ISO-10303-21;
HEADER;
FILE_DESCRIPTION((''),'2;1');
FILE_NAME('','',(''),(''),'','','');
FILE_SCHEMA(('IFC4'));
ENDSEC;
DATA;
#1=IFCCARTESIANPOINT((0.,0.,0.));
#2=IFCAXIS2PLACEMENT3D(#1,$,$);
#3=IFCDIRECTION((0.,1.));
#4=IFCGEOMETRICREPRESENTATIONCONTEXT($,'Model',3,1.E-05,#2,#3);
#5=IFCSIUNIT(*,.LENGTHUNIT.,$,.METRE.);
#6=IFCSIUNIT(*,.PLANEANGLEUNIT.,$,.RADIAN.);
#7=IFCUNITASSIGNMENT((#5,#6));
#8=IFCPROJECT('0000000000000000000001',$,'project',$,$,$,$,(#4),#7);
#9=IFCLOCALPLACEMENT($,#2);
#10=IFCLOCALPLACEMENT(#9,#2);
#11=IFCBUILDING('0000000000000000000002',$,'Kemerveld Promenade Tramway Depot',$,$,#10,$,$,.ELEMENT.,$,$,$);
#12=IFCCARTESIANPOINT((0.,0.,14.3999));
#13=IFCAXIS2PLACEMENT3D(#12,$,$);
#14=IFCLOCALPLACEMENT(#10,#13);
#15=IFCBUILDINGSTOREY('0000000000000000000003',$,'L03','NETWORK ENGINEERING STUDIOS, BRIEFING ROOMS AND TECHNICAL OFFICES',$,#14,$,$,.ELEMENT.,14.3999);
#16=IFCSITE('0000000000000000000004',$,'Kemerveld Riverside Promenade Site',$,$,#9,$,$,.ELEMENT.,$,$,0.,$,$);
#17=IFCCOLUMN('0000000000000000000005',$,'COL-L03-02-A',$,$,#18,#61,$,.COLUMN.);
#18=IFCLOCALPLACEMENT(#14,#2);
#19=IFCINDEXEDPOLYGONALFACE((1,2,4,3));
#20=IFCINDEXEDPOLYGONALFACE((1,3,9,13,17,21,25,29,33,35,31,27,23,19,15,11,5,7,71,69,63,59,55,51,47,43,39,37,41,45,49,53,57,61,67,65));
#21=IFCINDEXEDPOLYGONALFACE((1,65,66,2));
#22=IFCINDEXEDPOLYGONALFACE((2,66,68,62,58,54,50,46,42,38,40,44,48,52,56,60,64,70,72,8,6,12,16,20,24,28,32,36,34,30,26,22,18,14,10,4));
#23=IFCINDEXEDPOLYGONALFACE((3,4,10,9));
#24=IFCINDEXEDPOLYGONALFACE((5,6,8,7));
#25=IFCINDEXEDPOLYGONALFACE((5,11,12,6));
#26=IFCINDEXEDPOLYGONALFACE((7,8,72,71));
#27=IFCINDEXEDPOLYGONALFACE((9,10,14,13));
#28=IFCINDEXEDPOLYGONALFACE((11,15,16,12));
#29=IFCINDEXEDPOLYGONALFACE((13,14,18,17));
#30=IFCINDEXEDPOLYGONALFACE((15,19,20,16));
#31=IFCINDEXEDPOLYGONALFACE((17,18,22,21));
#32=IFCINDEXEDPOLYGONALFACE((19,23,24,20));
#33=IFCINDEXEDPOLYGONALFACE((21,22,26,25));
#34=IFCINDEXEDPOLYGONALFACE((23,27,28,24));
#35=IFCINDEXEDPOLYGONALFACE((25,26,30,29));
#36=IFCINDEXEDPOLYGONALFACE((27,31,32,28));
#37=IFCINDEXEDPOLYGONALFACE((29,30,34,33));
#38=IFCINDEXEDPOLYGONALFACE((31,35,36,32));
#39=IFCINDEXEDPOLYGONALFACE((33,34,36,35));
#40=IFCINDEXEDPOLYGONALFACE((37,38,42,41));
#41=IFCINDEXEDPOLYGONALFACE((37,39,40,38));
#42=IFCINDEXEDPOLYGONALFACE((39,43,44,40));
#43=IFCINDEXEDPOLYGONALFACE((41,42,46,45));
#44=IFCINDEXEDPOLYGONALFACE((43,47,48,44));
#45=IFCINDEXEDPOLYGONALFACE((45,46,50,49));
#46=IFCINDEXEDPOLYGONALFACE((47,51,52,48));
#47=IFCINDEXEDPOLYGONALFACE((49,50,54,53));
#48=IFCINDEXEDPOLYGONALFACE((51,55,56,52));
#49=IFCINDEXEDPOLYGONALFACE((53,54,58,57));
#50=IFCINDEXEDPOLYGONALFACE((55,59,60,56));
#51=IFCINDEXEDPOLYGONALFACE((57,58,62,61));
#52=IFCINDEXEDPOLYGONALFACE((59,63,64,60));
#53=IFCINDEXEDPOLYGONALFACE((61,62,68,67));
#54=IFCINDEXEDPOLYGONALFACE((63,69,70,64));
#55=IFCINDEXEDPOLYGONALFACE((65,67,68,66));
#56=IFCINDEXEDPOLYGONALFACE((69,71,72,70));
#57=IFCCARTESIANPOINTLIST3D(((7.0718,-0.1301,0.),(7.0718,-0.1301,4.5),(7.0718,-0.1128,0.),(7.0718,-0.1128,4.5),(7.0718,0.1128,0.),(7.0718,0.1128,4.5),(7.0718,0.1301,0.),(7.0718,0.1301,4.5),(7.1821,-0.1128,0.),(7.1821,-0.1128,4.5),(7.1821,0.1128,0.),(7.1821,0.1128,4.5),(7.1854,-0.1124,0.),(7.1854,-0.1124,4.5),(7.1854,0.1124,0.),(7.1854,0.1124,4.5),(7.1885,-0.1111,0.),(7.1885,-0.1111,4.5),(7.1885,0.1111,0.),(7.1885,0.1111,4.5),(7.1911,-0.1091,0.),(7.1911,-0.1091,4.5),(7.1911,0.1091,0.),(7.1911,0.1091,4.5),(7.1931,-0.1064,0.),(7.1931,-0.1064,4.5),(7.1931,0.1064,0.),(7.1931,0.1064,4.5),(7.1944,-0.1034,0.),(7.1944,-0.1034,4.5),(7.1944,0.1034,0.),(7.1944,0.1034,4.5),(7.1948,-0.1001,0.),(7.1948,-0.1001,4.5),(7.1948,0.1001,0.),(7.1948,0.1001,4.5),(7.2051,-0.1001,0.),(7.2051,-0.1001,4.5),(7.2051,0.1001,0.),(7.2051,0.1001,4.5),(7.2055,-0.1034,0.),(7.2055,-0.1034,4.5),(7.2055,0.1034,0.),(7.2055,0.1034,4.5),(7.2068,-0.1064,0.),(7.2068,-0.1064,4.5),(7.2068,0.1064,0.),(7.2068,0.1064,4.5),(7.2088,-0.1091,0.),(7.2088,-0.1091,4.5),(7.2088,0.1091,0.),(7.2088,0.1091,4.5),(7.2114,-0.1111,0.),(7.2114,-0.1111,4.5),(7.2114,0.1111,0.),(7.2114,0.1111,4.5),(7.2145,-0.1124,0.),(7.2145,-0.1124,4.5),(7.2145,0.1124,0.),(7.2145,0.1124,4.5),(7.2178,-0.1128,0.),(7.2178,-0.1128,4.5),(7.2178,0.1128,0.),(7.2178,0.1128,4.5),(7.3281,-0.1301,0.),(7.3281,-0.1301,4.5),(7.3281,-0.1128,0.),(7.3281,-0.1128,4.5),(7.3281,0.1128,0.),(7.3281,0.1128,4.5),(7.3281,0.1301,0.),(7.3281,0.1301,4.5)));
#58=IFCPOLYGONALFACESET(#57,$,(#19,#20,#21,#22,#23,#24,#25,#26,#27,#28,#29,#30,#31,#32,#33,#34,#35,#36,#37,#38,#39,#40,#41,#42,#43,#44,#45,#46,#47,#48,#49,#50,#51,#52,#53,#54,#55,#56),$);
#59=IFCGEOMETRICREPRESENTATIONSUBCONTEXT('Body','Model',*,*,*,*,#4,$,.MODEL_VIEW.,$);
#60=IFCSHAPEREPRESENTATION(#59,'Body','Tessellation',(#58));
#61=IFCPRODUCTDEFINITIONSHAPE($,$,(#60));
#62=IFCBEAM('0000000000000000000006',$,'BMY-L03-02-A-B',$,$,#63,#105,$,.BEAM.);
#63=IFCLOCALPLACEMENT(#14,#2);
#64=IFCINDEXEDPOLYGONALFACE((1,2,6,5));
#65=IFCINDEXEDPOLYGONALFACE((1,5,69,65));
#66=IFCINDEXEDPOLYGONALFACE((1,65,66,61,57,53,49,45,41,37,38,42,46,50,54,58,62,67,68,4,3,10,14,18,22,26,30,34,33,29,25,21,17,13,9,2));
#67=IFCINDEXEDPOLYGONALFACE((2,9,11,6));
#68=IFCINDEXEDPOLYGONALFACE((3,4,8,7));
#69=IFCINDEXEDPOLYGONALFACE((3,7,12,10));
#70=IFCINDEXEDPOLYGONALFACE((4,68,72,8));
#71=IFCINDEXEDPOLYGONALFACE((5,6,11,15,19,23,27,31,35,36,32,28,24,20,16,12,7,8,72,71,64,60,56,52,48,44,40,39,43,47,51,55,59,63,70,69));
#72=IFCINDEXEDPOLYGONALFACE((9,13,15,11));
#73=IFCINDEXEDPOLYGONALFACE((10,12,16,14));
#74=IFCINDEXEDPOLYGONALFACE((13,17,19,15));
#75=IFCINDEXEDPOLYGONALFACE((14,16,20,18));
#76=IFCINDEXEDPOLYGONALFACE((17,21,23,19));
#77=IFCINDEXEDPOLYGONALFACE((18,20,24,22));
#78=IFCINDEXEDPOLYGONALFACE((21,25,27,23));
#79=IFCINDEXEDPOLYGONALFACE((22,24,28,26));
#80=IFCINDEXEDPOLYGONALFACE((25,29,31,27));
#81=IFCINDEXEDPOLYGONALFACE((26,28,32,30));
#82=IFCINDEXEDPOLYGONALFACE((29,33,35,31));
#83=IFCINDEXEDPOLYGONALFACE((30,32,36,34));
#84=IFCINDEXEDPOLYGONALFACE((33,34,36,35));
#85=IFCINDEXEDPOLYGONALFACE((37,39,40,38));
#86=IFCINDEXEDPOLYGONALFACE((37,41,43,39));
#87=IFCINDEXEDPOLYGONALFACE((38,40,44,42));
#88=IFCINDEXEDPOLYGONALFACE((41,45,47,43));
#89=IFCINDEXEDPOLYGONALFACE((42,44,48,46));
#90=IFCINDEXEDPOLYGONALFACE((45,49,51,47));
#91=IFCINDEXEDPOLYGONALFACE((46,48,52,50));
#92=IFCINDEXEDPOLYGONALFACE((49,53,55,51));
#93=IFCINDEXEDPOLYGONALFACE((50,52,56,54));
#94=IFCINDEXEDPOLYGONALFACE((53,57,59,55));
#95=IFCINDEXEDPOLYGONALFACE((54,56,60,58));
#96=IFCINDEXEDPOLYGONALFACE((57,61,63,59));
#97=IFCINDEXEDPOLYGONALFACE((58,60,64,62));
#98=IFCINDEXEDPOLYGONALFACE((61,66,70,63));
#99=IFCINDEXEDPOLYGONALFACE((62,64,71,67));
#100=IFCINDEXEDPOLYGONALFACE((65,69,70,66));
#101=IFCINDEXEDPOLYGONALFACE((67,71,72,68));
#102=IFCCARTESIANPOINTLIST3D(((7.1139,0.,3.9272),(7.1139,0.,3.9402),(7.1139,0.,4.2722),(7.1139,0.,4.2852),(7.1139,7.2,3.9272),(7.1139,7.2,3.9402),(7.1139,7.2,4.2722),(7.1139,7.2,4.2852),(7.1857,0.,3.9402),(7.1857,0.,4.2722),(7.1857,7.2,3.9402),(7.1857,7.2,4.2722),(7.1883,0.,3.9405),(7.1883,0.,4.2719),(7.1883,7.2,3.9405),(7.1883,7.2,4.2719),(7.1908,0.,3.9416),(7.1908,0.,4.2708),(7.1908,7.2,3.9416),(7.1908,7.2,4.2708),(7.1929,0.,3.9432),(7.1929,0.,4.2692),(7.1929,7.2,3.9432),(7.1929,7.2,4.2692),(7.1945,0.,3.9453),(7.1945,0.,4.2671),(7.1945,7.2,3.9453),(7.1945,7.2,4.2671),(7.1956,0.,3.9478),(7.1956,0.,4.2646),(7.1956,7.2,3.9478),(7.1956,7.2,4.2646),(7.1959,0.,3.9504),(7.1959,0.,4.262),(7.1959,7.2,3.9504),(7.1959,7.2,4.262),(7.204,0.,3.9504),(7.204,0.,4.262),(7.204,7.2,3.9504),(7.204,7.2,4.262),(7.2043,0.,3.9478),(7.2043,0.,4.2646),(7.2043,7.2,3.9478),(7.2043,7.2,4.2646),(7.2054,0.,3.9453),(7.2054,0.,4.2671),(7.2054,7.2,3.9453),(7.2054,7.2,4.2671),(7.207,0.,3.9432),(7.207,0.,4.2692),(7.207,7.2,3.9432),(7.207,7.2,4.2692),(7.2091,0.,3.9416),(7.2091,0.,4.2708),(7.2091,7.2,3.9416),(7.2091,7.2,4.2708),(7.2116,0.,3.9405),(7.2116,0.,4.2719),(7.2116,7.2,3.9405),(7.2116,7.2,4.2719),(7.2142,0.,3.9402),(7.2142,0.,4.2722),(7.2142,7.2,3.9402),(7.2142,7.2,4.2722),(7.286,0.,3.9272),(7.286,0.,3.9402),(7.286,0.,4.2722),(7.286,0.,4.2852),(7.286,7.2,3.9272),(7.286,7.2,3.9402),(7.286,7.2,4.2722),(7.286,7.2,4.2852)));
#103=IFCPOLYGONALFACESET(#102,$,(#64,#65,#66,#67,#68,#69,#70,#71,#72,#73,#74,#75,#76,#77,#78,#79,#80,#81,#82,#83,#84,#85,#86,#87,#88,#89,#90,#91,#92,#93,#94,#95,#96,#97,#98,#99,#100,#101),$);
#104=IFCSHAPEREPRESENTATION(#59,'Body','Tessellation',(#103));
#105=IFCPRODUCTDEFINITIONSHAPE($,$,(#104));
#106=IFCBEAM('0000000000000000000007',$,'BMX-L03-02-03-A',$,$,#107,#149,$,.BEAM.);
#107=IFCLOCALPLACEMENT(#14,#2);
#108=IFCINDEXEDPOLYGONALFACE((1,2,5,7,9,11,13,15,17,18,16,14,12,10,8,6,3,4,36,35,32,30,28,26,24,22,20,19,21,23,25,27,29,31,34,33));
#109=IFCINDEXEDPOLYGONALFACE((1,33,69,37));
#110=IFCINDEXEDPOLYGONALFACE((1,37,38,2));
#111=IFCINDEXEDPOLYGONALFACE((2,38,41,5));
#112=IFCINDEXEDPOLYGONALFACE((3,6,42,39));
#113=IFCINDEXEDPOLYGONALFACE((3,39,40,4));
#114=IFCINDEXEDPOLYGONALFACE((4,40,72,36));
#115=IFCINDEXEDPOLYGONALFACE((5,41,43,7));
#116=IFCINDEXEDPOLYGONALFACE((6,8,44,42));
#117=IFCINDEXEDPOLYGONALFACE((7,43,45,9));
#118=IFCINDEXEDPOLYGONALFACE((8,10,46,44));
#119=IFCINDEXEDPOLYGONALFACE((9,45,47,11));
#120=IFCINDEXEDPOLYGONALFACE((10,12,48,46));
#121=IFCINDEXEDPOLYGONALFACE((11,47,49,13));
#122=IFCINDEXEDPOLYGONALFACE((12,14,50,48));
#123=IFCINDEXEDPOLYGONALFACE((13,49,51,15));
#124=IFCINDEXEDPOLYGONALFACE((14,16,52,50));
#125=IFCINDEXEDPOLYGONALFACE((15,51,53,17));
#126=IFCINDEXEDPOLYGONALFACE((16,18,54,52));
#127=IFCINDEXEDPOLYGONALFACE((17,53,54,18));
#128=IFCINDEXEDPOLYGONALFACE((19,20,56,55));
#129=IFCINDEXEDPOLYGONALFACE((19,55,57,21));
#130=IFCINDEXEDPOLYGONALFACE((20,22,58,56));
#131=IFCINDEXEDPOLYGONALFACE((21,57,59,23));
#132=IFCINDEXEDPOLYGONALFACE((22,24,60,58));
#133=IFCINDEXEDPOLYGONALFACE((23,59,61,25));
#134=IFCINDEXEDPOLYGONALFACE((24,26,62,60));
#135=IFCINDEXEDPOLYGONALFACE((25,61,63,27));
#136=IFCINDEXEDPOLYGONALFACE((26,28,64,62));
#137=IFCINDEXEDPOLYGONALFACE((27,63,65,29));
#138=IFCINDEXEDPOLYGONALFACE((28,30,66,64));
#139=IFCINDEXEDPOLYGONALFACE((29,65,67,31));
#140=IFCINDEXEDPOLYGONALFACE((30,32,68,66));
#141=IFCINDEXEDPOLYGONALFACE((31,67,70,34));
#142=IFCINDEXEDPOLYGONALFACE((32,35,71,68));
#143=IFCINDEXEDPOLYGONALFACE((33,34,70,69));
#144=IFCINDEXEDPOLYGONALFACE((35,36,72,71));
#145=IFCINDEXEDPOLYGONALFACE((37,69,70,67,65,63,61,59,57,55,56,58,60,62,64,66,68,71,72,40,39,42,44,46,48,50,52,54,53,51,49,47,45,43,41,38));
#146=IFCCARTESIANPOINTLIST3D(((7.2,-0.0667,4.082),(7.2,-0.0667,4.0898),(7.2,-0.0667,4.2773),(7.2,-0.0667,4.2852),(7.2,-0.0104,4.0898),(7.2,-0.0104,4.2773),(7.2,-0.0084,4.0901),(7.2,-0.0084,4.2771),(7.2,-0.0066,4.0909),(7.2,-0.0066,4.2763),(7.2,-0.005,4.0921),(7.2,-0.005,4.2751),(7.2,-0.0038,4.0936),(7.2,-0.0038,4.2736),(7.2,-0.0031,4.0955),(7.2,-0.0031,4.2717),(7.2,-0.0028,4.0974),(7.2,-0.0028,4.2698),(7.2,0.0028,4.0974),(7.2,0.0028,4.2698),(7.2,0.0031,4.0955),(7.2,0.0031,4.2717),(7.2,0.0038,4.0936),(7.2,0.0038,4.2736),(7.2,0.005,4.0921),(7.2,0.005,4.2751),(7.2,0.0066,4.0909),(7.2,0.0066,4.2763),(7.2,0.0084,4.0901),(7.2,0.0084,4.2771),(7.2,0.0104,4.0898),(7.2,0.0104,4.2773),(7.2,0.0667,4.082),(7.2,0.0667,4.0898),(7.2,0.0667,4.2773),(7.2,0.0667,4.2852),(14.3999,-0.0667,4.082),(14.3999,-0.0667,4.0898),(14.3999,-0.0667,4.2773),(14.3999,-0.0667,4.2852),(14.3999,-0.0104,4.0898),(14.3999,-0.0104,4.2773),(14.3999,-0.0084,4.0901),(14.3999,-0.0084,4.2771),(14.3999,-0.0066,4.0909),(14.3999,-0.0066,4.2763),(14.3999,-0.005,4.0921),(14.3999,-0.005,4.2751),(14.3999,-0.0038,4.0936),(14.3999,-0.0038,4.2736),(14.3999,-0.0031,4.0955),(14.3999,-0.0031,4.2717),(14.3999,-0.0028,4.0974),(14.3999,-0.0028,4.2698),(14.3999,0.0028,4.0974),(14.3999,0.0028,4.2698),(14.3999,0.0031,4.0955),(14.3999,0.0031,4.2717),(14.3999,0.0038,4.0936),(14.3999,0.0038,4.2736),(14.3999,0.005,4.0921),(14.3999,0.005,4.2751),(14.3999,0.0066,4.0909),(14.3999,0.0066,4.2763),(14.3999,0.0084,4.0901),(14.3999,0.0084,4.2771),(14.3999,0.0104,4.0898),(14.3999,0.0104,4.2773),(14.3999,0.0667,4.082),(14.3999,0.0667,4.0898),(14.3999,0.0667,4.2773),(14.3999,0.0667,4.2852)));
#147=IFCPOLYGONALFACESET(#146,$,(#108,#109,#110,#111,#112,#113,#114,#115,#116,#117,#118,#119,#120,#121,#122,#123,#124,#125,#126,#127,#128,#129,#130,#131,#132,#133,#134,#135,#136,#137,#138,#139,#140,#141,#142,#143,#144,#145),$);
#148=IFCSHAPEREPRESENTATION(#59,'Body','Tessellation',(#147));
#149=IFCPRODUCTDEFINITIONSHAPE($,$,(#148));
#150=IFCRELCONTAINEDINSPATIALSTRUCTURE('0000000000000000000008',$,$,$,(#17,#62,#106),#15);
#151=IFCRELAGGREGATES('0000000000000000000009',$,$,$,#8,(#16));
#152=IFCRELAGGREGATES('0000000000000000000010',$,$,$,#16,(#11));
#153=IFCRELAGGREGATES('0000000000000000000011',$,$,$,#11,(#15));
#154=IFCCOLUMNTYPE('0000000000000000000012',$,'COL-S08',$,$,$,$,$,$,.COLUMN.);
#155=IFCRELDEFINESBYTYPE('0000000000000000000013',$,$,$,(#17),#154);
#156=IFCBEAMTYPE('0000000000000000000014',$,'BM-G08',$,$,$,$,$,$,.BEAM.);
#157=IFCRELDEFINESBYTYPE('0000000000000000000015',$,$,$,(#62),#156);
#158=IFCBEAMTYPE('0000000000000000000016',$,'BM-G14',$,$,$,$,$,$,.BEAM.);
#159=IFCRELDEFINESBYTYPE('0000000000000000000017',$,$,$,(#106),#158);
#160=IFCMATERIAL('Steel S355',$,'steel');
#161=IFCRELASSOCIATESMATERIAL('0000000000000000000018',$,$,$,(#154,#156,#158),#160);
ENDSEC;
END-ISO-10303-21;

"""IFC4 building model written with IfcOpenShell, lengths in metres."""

from ifc_helpers import new_model, si_unit, direction, frame, origin, origin_2d, place, context, subcontext, project, spatial, i_section, extrude, material, material_profile, profile_set, type_object, element, save


model = new_model("IFC4")

# Units and contexts
model_context = context("Model", 3, precision=1e-05, world=origin(), true_north=direction((0.0, 1.0)))
body_context = subcontext(model_context, "Body", "Model", "MODEL_VIEW")
ifc_project = project(units=[si_unit("LENGTHUNIT", "METRE"), si_unit("PLANEANGLEUNIT", "RADIAN")], contexts=[model_context])

# Site, building, storey
site_placement = place(None, origin())
site = spatial("IfcSite", under=ifc_project, at=site_placement, Name="Kemerveld Riverside Promenade Site", CompositionType="ELEMENT", RefElevation=0.0)
building_placement = place(site_placement, origin())
building = spatial("IfcBuilding", under=site, at=building_placement, Name="Kemerveld Promenade Tramway Depot", CompositionType="ELEMENT")
storey_placement = place(building_placement, frame((0.0, 0.0, 14.3999)))
storey = spatial("IfcBuildingStorey", under=building, at=storey_placement, Name="L03", Description="NETWORK ENGINEERING STUDIOS, BRIEFING ROOMS AND TECHNICAL OFFICES", CompositionType="ELEMENT", Elevation=14.3999)

# Column
ifc_material_1 = material(Name="Steel S355", Category="steel")
ifc_material_profile_1 = material_profile(ifc_material_1, i_section(OverallWidth=0.2563, OverallDepth=0.2603, WebThickness=0.0103, FlangeThickness=0.0173, FilletRadius=0.0127, at=origin_2d()), Name="254x254x89 UC")
ifc_profile_set_1 = profile_set([ifc_material_profile_1], Name="Steel S355")
column_type = type_object("IfcColumnType", Name="COL-S08", PredefinedType="COLUMN", material=ifc_profile_set_1)
column_placement = place(storey_placement, frame((7.2, 0.0, 0.0), z_axis=(0.0, 0.0, 1.0), x_axis=(1.0, 0.0, 0.0)))
element("IfcColumn", 1, at=column_placement, inside=storey, type_object=column_type, Name="COL-L03-02-A", PredefinedType="COLUMN", context=body_context, shape_type="SweptSolid", body=[
    extrude(i_section(OverallWidth=0.2563, OverallDepth=0.2603, WebThickness=0.0103, FlangeThickness=0.0173, FilletRadius=0.0127, at=origin_2d()), origin(), (0.0, 0.0, 1.0), 4.5),
])

# Beams
ifc_material_profile_2 = material_profile(ifc_material_1, i_section(OverallWidth=0.1721, OverallDepth=0.3579, WebThickness=0.0081, FlangeThickness=0.0129, FilletRadius=0.0103, at=origin_2d()), Name="356x171x57 UB")
ifc_profile_set_2 = profile_set([ifc_material_profile_2], Name="Steel S355")
beam_type_1 = type_object("IfcBeamType", Name="BM-G08", PredefinedType="BEAM", material=ifc_profile_set_2)
beam_1_placement = place(storey_placement, frame((7.2, 0.0, 4.1062), z_axis=(0.0, 1.0, 0.0), x_axis=(-1.0, 0.0, 0.0)))
element("IfcBeam", 2, at=beam_1_placement, inside=storey, type_object=beam_type_1, Name="BMY-L03-02-A-B", PredefinedType="BEAM", context=body_context, shape_type="SweptSolid", body=[
    extrude(i_section(OverallWidth=0.1721, OverallDepth=0.3579, WebThickness=0.0081, FlangeThickness=0.0129, FilletRadius=0.0103, at=origin_2d()), origin(), (0.0, 0.0, 1.0), 7.2),
])
ifc_material_profile_3 = material_profile(ifc_material_1, i_section(OverallWidth=0.1333, OverallDepth=0.2031, WebThickness=0.0056, FlangeThickness=0.0078, FilletRadius=0.0076, at=origin_2d()), Name="203x133x25 UB")
ifc_profile_set_3 = profile_set([ifc_material_profile_3], Name="Steel S355")
beam_type_2 = type_object("IfcBeamType", Name="BM-G14", PredefinedType="BEAM", material=ifc_profile_set_3)
beam_2_placement = place(storey_placement, frame((7.2, 0.0, 4.1836), z_axis=(1.0, 0.0, 0.0), x_axis=(0.0, 1.0, 0.0)))
element("IfcBeam", 3, at=beam_2_placement, inside=storey, type_object=beam_type_2, Name="BMX-L03-02-03-A", PredefinedType="BEAM", context=body_context, shape_type="SweptSolid", body=[
    extrude(i_section(OverallWidth=0.1333, OverallDepth=0.2031, WebThickness=0.0056, FlangeThickness=0.0078, FilletRadius=0.0076, at=origin_2d()), origin(), (0.0, 0.0, 1.0), 7.2),
])

save(model, "model.ifc")
